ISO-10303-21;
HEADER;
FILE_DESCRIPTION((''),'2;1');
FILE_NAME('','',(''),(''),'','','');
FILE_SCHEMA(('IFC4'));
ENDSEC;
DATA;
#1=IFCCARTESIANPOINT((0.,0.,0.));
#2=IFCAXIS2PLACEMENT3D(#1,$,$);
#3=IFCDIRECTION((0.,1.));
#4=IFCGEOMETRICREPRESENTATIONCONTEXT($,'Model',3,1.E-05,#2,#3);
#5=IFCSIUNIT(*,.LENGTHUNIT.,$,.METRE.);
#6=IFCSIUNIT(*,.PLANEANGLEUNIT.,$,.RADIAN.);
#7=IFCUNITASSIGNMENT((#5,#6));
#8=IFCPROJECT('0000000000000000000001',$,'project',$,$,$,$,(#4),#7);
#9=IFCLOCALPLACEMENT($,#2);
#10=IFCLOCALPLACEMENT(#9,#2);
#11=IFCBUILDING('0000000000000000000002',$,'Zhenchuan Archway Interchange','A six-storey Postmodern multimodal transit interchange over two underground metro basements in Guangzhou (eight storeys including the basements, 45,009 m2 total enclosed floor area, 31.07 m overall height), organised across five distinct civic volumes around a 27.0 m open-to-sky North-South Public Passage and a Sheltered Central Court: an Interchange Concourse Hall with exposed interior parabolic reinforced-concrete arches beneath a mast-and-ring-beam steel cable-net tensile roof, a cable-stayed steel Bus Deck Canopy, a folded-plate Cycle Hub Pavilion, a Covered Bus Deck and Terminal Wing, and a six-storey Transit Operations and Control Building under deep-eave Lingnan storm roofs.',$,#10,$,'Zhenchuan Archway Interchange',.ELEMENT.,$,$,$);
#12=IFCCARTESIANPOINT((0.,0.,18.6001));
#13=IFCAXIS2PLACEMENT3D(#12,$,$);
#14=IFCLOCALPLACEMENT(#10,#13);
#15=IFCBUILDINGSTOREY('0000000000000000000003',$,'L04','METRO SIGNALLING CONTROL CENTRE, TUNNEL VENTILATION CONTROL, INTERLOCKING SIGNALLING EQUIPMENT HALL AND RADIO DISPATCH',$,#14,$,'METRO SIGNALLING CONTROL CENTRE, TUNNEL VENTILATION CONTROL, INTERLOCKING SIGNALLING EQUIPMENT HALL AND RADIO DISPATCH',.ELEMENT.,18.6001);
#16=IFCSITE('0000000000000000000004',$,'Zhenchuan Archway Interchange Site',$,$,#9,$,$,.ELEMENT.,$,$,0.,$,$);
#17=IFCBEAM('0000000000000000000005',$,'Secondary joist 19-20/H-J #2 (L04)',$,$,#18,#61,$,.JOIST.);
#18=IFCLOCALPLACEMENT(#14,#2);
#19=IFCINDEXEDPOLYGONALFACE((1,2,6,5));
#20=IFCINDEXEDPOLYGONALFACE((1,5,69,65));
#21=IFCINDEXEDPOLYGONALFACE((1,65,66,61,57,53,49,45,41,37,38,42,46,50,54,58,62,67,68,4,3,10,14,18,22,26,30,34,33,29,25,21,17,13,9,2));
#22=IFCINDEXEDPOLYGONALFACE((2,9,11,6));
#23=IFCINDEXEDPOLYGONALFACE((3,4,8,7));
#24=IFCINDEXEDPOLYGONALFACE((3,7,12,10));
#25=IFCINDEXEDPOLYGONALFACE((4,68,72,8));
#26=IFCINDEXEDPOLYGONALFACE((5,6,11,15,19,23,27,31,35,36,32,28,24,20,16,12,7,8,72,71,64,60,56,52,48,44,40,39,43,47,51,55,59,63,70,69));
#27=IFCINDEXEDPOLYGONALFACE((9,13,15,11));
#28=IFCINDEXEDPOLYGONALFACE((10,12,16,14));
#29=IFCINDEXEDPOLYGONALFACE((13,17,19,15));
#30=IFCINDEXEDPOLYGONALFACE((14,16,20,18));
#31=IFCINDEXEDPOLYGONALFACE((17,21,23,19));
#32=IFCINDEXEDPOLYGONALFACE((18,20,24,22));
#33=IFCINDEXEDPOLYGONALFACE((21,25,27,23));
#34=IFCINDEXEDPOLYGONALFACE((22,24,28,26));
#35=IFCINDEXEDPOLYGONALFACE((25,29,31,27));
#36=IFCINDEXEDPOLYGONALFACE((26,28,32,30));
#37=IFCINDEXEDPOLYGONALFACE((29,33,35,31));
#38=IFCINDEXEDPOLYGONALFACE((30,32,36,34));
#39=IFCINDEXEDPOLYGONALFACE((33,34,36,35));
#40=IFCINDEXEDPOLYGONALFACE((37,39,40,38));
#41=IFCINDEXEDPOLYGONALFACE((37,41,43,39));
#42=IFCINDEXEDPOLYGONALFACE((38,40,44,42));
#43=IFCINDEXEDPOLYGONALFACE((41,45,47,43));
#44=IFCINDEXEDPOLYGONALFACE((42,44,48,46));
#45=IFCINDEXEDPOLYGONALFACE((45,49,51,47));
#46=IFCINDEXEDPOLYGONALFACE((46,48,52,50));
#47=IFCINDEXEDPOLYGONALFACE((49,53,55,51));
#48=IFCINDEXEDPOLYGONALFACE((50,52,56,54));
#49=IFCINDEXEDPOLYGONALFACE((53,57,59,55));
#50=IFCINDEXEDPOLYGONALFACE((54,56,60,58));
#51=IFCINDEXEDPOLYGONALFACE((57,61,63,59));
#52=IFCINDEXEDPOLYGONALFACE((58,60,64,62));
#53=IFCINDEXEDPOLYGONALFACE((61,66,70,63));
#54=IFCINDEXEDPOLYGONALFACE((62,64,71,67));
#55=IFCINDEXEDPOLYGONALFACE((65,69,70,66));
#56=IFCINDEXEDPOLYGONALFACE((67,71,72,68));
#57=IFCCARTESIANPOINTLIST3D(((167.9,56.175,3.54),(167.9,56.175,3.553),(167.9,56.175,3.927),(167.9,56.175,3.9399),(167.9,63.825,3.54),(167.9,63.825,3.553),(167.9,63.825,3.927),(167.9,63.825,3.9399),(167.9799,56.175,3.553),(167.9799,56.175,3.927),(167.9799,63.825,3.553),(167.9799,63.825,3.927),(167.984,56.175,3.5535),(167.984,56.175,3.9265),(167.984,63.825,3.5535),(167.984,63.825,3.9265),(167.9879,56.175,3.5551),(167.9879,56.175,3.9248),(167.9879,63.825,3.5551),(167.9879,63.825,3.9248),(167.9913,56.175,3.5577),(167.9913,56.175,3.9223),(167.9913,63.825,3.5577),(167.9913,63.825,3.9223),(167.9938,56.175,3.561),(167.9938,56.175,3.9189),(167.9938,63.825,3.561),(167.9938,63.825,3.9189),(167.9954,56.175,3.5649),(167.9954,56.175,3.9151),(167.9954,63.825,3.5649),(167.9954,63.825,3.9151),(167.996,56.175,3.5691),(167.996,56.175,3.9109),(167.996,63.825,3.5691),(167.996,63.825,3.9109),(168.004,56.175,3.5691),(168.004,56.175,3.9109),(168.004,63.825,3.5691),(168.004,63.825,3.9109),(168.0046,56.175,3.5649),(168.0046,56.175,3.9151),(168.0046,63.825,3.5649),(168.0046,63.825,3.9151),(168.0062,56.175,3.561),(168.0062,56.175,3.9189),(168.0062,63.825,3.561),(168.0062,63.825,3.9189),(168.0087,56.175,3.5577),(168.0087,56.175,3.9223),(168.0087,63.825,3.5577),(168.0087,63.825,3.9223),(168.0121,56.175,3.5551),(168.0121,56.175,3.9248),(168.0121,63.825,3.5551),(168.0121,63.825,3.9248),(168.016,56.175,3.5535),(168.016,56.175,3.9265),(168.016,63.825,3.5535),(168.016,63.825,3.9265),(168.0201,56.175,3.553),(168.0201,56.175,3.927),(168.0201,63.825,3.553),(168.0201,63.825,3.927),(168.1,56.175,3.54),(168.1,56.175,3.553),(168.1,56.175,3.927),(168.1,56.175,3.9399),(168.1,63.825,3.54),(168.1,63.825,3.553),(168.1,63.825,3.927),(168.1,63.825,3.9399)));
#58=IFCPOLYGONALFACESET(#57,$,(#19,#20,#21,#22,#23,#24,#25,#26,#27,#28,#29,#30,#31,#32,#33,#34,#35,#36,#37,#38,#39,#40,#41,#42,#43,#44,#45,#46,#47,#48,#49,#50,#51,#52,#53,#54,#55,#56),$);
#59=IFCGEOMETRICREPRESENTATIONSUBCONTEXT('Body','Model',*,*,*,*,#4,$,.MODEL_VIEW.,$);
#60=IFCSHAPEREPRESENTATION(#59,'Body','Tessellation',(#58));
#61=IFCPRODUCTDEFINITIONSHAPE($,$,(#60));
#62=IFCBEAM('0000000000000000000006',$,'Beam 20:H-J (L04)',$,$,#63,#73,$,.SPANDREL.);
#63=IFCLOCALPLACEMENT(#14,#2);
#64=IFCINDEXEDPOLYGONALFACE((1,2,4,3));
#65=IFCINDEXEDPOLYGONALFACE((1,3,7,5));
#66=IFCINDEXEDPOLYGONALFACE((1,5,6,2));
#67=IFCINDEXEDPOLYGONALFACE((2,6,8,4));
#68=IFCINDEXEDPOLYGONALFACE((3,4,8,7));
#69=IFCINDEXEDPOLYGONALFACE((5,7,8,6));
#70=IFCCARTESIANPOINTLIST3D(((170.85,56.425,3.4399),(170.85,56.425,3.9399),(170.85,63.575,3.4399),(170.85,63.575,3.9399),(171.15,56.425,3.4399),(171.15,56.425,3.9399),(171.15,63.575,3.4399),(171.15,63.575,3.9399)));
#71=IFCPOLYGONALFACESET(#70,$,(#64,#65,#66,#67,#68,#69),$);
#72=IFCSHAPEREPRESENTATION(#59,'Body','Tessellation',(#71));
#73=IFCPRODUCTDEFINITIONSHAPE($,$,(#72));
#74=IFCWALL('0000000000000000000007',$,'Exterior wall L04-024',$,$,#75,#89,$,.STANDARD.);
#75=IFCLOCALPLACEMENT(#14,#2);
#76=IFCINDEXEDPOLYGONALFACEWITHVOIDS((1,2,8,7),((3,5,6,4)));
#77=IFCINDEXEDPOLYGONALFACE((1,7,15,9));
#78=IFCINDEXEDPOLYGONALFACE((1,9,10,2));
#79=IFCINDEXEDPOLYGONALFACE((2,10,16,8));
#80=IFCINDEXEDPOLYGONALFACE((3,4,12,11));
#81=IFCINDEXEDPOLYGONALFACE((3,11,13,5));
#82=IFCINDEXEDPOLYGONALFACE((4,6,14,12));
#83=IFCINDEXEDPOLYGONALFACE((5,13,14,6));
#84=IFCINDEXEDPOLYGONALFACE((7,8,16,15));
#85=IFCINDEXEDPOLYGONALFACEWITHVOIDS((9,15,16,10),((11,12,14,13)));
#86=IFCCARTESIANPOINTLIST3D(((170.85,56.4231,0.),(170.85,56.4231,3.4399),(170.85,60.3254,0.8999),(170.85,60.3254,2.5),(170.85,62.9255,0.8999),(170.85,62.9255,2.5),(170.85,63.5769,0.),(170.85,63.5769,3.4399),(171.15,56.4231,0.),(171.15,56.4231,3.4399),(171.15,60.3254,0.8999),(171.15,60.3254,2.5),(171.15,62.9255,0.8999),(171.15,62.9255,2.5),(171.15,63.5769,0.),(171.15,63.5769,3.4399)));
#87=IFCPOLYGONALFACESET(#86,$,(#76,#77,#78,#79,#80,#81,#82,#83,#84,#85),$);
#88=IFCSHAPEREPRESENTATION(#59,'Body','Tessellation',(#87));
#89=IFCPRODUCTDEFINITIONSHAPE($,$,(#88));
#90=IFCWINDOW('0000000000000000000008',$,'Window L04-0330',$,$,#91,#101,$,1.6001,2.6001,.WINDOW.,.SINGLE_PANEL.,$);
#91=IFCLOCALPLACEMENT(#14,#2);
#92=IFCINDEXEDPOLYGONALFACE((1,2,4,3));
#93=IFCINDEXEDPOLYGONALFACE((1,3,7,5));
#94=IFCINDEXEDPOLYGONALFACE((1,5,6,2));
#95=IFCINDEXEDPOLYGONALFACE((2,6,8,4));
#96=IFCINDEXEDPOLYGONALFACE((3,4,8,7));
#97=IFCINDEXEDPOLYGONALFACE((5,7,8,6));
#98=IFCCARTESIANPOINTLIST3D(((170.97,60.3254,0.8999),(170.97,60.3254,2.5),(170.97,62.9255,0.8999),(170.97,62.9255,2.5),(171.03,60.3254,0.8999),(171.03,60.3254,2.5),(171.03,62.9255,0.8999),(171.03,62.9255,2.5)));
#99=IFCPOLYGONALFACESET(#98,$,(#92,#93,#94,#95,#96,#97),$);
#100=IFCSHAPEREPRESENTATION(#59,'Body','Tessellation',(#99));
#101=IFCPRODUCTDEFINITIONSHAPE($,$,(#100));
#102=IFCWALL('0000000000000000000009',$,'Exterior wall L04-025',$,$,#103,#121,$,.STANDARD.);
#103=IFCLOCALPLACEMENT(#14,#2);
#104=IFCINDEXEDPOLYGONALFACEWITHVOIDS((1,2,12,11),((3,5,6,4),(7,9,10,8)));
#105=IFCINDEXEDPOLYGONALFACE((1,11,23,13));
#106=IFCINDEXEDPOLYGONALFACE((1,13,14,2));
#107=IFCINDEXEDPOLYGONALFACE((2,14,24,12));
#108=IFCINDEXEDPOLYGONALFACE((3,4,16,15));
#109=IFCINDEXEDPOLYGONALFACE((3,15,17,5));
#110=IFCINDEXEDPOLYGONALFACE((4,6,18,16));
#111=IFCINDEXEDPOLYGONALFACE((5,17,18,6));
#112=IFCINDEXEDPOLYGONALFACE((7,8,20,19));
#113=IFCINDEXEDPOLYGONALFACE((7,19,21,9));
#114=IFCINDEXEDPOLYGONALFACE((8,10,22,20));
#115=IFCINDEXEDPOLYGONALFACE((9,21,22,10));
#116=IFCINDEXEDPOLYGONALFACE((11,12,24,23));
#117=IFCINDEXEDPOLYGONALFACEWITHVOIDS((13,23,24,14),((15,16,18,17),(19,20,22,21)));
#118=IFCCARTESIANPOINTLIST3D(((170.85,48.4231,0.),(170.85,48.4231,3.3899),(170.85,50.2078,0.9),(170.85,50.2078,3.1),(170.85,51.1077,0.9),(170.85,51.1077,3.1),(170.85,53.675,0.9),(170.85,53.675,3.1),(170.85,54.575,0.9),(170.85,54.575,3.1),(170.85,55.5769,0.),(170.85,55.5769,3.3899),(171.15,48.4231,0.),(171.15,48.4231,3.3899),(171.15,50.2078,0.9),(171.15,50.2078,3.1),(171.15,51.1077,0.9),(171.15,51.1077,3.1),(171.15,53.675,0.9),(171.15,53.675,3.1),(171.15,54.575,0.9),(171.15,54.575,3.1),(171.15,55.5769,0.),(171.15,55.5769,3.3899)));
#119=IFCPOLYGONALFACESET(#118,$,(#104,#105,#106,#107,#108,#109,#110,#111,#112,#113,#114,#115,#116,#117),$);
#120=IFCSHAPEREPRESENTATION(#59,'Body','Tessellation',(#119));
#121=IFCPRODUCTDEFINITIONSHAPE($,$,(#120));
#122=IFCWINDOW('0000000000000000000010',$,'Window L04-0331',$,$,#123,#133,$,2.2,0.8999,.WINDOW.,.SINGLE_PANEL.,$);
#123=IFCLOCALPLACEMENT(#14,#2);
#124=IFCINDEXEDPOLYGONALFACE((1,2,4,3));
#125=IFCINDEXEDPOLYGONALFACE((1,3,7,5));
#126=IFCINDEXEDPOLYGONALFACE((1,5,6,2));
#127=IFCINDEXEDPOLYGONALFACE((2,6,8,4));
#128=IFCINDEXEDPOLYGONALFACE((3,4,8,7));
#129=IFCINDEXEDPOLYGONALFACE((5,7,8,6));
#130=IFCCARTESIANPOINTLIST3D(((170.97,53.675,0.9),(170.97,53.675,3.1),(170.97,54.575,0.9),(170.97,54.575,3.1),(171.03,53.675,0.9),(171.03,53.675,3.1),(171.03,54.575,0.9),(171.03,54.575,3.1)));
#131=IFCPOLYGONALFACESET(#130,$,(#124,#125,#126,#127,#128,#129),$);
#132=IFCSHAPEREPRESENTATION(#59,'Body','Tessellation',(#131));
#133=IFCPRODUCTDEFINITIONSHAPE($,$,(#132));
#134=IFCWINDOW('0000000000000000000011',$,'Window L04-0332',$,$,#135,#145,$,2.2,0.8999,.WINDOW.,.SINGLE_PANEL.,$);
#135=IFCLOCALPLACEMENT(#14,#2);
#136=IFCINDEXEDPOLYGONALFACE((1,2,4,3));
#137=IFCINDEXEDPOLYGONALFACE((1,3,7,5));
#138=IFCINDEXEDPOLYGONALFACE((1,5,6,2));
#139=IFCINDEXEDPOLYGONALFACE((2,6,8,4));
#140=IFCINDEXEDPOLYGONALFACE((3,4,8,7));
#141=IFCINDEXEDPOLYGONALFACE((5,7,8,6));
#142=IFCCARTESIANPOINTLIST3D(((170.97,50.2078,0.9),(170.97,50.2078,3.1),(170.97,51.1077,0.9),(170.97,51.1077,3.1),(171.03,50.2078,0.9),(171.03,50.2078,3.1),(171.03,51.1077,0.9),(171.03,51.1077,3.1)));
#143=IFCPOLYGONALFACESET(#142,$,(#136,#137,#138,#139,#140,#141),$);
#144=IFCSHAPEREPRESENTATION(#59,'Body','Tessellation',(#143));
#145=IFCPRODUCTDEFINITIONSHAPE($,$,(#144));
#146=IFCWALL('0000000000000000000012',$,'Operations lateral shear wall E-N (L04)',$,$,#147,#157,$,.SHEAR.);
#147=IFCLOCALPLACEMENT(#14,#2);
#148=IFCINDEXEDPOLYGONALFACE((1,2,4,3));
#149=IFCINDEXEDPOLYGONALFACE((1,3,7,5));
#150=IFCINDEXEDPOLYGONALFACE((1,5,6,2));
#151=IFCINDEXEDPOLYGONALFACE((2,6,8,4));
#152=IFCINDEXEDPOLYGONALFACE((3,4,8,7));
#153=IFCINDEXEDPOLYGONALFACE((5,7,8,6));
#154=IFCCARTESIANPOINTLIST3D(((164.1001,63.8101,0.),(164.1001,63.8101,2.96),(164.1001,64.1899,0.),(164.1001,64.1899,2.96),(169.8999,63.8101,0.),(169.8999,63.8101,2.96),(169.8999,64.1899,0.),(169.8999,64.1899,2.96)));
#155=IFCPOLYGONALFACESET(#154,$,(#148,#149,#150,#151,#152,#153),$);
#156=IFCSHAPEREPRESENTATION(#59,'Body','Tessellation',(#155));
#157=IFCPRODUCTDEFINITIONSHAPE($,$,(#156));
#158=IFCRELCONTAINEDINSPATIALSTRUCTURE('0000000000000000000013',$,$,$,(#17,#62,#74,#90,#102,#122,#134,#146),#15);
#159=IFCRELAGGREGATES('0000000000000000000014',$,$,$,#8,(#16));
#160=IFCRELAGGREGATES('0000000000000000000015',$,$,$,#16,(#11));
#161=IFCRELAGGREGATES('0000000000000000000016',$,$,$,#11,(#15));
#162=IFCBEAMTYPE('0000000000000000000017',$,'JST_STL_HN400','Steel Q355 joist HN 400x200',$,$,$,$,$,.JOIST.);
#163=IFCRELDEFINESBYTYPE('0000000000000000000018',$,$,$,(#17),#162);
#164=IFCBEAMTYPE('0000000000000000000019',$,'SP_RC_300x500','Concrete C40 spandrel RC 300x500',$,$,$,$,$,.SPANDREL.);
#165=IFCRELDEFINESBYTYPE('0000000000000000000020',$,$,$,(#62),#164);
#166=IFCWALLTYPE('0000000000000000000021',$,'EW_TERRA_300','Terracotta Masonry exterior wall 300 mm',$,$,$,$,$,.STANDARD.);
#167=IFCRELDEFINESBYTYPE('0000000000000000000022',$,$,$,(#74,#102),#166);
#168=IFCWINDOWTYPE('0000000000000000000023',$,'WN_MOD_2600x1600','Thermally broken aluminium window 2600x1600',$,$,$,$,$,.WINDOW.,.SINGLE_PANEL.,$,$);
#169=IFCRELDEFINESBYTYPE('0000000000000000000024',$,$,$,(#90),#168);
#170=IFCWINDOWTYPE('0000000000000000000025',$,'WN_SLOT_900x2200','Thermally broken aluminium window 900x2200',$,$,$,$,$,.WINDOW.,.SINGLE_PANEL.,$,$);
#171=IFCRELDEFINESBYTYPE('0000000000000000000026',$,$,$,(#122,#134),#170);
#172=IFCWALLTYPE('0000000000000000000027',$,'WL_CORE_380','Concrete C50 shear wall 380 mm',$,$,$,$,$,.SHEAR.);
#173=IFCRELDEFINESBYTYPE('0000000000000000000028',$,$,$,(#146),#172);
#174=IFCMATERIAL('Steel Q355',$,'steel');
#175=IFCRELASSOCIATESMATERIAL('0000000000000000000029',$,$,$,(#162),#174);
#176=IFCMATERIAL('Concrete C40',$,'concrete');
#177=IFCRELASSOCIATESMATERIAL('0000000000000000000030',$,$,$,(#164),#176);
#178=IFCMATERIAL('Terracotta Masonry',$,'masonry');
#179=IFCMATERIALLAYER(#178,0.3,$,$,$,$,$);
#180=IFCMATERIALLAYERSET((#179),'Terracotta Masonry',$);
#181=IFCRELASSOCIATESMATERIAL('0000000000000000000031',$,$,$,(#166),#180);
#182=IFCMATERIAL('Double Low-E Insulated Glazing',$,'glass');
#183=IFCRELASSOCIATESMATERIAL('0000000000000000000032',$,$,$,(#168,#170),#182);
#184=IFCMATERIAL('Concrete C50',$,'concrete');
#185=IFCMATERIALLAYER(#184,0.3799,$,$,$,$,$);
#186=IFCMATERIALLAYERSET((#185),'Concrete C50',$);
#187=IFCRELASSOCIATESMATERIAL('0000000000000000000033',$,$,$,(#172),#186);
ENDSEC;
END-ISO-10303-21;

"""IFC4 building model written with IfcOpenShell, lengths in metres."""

from ifc_helpers import new_model, si_unit, direction, frame, frame_2d, origin, origin_2d, place, context, subcontext, project, spatial, rectangle, i_section, extrude, material, layer, layer_set, material_profile, profile_set, type_object, element, fill, save


model = new_model("IFC4")

# Units and contexts
model_context = context("Model", 3, precision=1e-05, world=origin(), true_north=direction((0.0, 1.0)))
body_context = subcontext(model_context, "Body", "Model", "MODEL_VIEW")
ifc_project = project(units=[si_unit("LENGTHUNIT", "METRE"), si_unit("PLANEANGLEUNIT", "RADIAN")], contexts=[model_context])

# Site, building, storey
site_placement = place(None, origin())
site = spatial("IfcSite", under=ifc_project, at=site_placement, Name="Zhenchuan Archway Interchange Site", CompositionType="ELEMENT", RefElevation=0.0)
building_placement = place(site_placement, origin())
building = spatial("IfcBuilding", under=site, at=building_placement, Name="Zhenchuan Archway Interchange", Description="A six-storey Postmodern multimodal transit interchange over two underground metro basements in Guangzhou (eight storeys including the basements, 45,009 m2 total enclosed floor area, 31.07 m overall height), organised across five distinct civic volumes around a 27.0 m open-to-sky North-South Public Passage and a Sheltered Central Court: an Interchange Concourse Hall with exposed interior parabolic reinforced-concrete arches beneath a mast-and-ring-beam steel cable-net tensile roof, a cable-stayed steel Bus Deck Canopy, a folded-plate Cycle Hub Pavilion, a Covered Bus Deck and Terminal Wing, and a six-storey Transit Operations and Control Building under deep-eave Lingnan storm roofs.", LongName="Zhenchuan Archway Interchange", CompositionType="ELEMENT")
storey_placement = place(building_placement, frame((0.0, 0.0, 18.6001)))
storey = spatial("IfcBuildingStorey", under=building, at=storey_placement, Name="L04", Description="METRO SIGNALLING CONTROL CENTRE, TUNNEL VENTILATION CONTROL, INTERLOCKING SIGNALLING EQUIPMENT HALL AND RADIO DISPATCH", LongName="METRO SIGNALLING CONTROL CENTRE, TUNNEL VENTILATION CONTROL, INTERLOCKING SIGNALLING EQUIPMENT HALL AND RADIO DISPATCH", CompositionType="ELEMENT", Elevation=18.6001)

# Shared definitions
ifc_material_1 = material(Name="Concrete C40", Category="concrete")

# Beams
ifc_material_2 = material(Name="Steel Q355", Category="steel")
ifc_material_profile_1 = material_profile(ifc_material_2, i_section(OverallWidth=0.2, OverallDepth=0.3999, WebThickness=0.0081, FlangeThickness=0.0129, FilletRadius=0.0161, at=origin_2d()), Name="HN 400x200")
ifc_profile_set_1 = profile_set([ifc_material_profile_1], Name="Steel Q355")
beam_type_1 = type_object("IfcBeamType", Name="JST_STL_HN400", Description="Steel Q355 joist HN 400x200", PredefinedType="JOIST", material=ifc_profile_set_1)
for number, where, z_axis, x_axis, name in (
    (1, (168.0, 56.175, 3.74), (0.0, 1.0, 0.0), (-1.0, 0.0, 0.0), "Secondary joist 19-20/H-J #2 (L04)"),
):
    element("IfcBeam", number, at=place(storey_placement, frame(where, z_axis=z_axis, x_axis=x_axis)), inside=storey, type_object=beam_type_1, Name=name, PredefinedType="JOIST", context=body_context, shape_type="SweptSolid", body=[
        extrude(i_section(OverallWidth=0.2, OverallDepth=0.3999, WebThickness=0.0081, FlangeThickness=0.0129, FilletRadius=0.0161, at=origin_2d()), origin(), (0.0, 0.0, 1.0), 7.6499),
    ])
ifc_material_profile_2 = material_profile(ifc_material_1, rectangle(XDim=0.3, YDim=0.5, at=origin_2d()), Name="RC 300x500")
ifc_profile_set_2 = profile_set([ifc_material_profile_2], Name="Concrete C40")
beam_type_2 = type_object("IfcBeamType", Name="SP_RC_300x500", Description="Concrete C40 spandrel RC 300x500", PredefinedType="SPANDREL", material=ifc_profile_set_2)
beam_placement = place(storey_placement, frame((171.0, 56.425, 3.6899), z_axis=(0.0, 1.0, 0.0), x_axis=(-1.0, 0.0, 0.0)))
element("IfcBeam", 2, at=beam_placement, inside=storey, type_object=beam_type_2, Name="Beam 20:H-J (L04)", PredefinedType="SPANDREL", context=body_context, shape_type="SweptSolid", body=[
    extrude(rectangle(XDim=0.3, YDim=0.5, at=origin_2d()), origin(), (0.0, 0.0, 1.0), 7.1499),
])

# Wall, opening, window
ifc_material_3 = material(Name="Terracotta Masonry", Category="masonry")
ifc_layer_1 = layer(ifc_material_3, 0.3)
ifc_layer_set_1 = layer_set([ifc_layer_1], Name="Terracotta Masonry")
wall_type_1 = type_object("IfcWallType", Name="EW_TERRA_300", Description="Terracotta Masonry exterior wall 300 mm", PredefinedType="STANDARD", material=ifc_layer_set_1)
wall_1_placement = place(storey_placement, frame((171.0, 63.5769, 0.0), z_axis=(0.0, 0.0, 1.0), x_axis=(0.0, -1.0, 0.0)))
wall_1 = element("IfcWall", 3, at=wall_1_placement, inside=storey, type_object=wall_type_1, Name="Exterior wall L04-024", PredefinedType="STANDARD", context=body_context, shape_type="SweptSolid", body=[
    extrude(rectangle(XDim=7.1538, YDim=0.3, at=frame_2d((3.5769, 0.0))), origin(), (0.0, 0.0, 1.0), 3.4399),
])
opening_1_placement = place(wall_1_placement, frame((0.6514, 0.0, 0.8999)))
opening_1 = element("IfcOpeningElement", 4, at=opening_1_placement, cuts=wall_1, PredefinedType="OPENING", context=body_context, shape_type="SweptSolid", body=[
    extrude(rectangle(XDim=2.6001, YDim=1.6001, at=frame_2d((1.3, 0.8))), frame((0.0, 0.1621, 0.0), z_axis=(0.0, -1.0, 0.0), x_axis=(1.0, 0.0, 0.0)), (0.0, 0.0, 1.0), 0.324),
])
ifc_material_4 = material(Name="Double Low-E Insulated Glazing", Category="glass")
window_type_1 = type_object("IfcWindowType", Name="WN_MOD_2600x1600", Description="Thermally broken aluminium window 2600x1600", PartitioningType="SINGLE_PANEL", PredefinedType="WINDOW", material=ifc_material_4)
window_1_placement = place(opening_1_placement, origin())
window_1 = element("IfcWindow", 5, at=window_1_placement, inside=storey, type_object=window_type_1, Name="Window L04-0330", OverallHeight=1.6001, OverallWidth=2.6001, PartitioningType="SINGLE_PANEL", PredefinedType="WINDOW", context=body_context, shape_type="SweptSolid", body=[
    extrude(rectangle(XDim=2.6001, YDim=1.6001, at=frame_2d((1.3, 0.8))), frame((0.0, 0.03, 0.0), z_axis=(0.0, -1.0, 0.0), x_axis=(1.0, 0.0, 0.0)), (0.0, 0.0, 1.0), 0.0601),
])
fill(opening_1, window_1)

# Wall, openings, windows
wall_2_placement = place(storey_placement, frame((171.0, 55.5769, 0.0), z_axis=(0.0, 0.0, 1.0), x_axis=(0.0, -1.0, 0.0)))
wall_2 = element("IfcWall", 6, at=wall_2_placement, inside=storey, type_object=wall_type_1, Name="Exterior wall L04-025", PredefinedType="STANDARD", context=body_context, shape_type="SweptSolid", body=[
    extrude(rectangle(XDim=7.1538, YDim=0.3, at=frame_2d((3.5769, 0.0))), origin(), (0.0, 0.0, 1.0), 3.3899),
])
opening_2_placement = place(wall_2_placement, frame((1.002, 0.0, 0.8999)))
opening_2 = element("IfcOpeningElement", 7, at=opening_2_placement, cuts=wall_2, PredefinedType="OPENING", context=body_context, shape_type="SweptSolid", body=[
    extrude(rectangle(XDim=0.8999, YDim=2.2, at=frame_2d((0.45, 1.1001))), frame((0.0, 0.1621, 0.0), z_axis=(0.0, -1.0, 0.0), x_axis=(1.0, 0.0, 0.0)), (0.0, 0.0, 1.0), 0.324),
])
opening_3_placement = place(wall_2_placement, frame((4.4692, 0.0, 0.8999)))
opening_3 = element("IfcOpeningElement", 8, at=opening_3_placement, cuts=wall_2, PredefinedType="OPENING", context=body_context, shape_type="SweptSolid", body=[
    extrude(rectangle(XDim=0.8999, YDim=2.2, at=frame_2d((0.45, 1.1001))), frame((0.0, 0.1621, 0.0), z_axis=(0.0, -1.0, 0.0), x_axis=(1.0, 0.0, 0.0)), (0.0, 0.0, 1.0), 0.324),
])
window_type_2 = type_object("IfcWindowType", Name="WN_SLOT_900x2200", Description="Thermally broken aluminium window 900x2200", PartitioningType="SINGLE_PANEL", PredefinedType="WINDOW", material=ifc_material_4)
window_2_placement = place(opening_2_placement, origin())
window_2 = element("IfcWindow", 9, at=window_2_placement, inside=storey, type_object=window_type_2, Name="Window L04-0331", OverallHeight=2.2, OverallWidth=0.8999, PartitioningType="SINGLE_PANEL", PredefinedType="WINDOW", context=body_context, shape_type="SweptSolid", body=[
    extrude(rectangle(XDim=0.8999, YDim=2.2, at=frame_2d((0.45, 1.1001))), frame((0.0, 0.03, 0.0), z_axis=(0.0, -1.0, 0.0), x_axis=(1.0, 0.0, 0.0)), (0.0, 0.0, 1.0), 0.0601),
])
fill(opening_2, window_2)
window_3_placement = place(opening_3_placement, origin())
window_3 = element("IfcWindow", 10, at=window_3_placement, inside=storey, type_object=window_type_2, Name="Window L04-0332", OverallHeight=2.2, OverallWidth=0.8999, PartitioningType="SINGLE_PANEL", PredefinedType="WINDOW", context=body_context, shape_type="SweptSolid", body=[
    extrude(rectangle(XDim=0.8999, YDim=2.2, at=frame_2d((0.45, 1.1001))), frame((0.0, 0.03, 0.0), z_axis=(0.0, -1.0, 0.0), x_axis=(1.0, 0.0, 0.0)), (0.0, 0.0, 1.0), 0.0601),
])
fill(opening_3, window_3)

# Wall
ifc_material_5 = material(Name="Concrete C50", Category="concrete")
ifc_layer_2 = layer(ifc_material_5, 0.3799)
ifc_layer_set_2 = layer_set([ifc_layer_2], Name="Concrete C50")
wall_type_2 = type_object("IfcWallType", Name="WL_CORE_380", Description="Concrete C50 shear wall 380 mm", PredefinedType="SHEAR", material=ifc_layer_set_2)
wall_3_placement = place(storey_placement, frame((164.1001, 64.0, 0.0), z_axis=(0.0, 0.0, 1.0), x_axis=(1.0, 0.0, 0.0)))
element("IfcWall", 11, at=wall_3_placement, inside=storey, type_object=wall_type_2, Name="Operations lateral shear wall E-N (L04)", PredefinedType="SHEAR", context=body_context, shape_type="SweptSolid", body=[
    extrude(rectangle(XDim=5.7998, YDim=0.3799, at=frame_2d((2.8999, 0.0))), origin(), (0.0, 0.0, 1.0), 2.96),
])

save(model, "model.ifc")
